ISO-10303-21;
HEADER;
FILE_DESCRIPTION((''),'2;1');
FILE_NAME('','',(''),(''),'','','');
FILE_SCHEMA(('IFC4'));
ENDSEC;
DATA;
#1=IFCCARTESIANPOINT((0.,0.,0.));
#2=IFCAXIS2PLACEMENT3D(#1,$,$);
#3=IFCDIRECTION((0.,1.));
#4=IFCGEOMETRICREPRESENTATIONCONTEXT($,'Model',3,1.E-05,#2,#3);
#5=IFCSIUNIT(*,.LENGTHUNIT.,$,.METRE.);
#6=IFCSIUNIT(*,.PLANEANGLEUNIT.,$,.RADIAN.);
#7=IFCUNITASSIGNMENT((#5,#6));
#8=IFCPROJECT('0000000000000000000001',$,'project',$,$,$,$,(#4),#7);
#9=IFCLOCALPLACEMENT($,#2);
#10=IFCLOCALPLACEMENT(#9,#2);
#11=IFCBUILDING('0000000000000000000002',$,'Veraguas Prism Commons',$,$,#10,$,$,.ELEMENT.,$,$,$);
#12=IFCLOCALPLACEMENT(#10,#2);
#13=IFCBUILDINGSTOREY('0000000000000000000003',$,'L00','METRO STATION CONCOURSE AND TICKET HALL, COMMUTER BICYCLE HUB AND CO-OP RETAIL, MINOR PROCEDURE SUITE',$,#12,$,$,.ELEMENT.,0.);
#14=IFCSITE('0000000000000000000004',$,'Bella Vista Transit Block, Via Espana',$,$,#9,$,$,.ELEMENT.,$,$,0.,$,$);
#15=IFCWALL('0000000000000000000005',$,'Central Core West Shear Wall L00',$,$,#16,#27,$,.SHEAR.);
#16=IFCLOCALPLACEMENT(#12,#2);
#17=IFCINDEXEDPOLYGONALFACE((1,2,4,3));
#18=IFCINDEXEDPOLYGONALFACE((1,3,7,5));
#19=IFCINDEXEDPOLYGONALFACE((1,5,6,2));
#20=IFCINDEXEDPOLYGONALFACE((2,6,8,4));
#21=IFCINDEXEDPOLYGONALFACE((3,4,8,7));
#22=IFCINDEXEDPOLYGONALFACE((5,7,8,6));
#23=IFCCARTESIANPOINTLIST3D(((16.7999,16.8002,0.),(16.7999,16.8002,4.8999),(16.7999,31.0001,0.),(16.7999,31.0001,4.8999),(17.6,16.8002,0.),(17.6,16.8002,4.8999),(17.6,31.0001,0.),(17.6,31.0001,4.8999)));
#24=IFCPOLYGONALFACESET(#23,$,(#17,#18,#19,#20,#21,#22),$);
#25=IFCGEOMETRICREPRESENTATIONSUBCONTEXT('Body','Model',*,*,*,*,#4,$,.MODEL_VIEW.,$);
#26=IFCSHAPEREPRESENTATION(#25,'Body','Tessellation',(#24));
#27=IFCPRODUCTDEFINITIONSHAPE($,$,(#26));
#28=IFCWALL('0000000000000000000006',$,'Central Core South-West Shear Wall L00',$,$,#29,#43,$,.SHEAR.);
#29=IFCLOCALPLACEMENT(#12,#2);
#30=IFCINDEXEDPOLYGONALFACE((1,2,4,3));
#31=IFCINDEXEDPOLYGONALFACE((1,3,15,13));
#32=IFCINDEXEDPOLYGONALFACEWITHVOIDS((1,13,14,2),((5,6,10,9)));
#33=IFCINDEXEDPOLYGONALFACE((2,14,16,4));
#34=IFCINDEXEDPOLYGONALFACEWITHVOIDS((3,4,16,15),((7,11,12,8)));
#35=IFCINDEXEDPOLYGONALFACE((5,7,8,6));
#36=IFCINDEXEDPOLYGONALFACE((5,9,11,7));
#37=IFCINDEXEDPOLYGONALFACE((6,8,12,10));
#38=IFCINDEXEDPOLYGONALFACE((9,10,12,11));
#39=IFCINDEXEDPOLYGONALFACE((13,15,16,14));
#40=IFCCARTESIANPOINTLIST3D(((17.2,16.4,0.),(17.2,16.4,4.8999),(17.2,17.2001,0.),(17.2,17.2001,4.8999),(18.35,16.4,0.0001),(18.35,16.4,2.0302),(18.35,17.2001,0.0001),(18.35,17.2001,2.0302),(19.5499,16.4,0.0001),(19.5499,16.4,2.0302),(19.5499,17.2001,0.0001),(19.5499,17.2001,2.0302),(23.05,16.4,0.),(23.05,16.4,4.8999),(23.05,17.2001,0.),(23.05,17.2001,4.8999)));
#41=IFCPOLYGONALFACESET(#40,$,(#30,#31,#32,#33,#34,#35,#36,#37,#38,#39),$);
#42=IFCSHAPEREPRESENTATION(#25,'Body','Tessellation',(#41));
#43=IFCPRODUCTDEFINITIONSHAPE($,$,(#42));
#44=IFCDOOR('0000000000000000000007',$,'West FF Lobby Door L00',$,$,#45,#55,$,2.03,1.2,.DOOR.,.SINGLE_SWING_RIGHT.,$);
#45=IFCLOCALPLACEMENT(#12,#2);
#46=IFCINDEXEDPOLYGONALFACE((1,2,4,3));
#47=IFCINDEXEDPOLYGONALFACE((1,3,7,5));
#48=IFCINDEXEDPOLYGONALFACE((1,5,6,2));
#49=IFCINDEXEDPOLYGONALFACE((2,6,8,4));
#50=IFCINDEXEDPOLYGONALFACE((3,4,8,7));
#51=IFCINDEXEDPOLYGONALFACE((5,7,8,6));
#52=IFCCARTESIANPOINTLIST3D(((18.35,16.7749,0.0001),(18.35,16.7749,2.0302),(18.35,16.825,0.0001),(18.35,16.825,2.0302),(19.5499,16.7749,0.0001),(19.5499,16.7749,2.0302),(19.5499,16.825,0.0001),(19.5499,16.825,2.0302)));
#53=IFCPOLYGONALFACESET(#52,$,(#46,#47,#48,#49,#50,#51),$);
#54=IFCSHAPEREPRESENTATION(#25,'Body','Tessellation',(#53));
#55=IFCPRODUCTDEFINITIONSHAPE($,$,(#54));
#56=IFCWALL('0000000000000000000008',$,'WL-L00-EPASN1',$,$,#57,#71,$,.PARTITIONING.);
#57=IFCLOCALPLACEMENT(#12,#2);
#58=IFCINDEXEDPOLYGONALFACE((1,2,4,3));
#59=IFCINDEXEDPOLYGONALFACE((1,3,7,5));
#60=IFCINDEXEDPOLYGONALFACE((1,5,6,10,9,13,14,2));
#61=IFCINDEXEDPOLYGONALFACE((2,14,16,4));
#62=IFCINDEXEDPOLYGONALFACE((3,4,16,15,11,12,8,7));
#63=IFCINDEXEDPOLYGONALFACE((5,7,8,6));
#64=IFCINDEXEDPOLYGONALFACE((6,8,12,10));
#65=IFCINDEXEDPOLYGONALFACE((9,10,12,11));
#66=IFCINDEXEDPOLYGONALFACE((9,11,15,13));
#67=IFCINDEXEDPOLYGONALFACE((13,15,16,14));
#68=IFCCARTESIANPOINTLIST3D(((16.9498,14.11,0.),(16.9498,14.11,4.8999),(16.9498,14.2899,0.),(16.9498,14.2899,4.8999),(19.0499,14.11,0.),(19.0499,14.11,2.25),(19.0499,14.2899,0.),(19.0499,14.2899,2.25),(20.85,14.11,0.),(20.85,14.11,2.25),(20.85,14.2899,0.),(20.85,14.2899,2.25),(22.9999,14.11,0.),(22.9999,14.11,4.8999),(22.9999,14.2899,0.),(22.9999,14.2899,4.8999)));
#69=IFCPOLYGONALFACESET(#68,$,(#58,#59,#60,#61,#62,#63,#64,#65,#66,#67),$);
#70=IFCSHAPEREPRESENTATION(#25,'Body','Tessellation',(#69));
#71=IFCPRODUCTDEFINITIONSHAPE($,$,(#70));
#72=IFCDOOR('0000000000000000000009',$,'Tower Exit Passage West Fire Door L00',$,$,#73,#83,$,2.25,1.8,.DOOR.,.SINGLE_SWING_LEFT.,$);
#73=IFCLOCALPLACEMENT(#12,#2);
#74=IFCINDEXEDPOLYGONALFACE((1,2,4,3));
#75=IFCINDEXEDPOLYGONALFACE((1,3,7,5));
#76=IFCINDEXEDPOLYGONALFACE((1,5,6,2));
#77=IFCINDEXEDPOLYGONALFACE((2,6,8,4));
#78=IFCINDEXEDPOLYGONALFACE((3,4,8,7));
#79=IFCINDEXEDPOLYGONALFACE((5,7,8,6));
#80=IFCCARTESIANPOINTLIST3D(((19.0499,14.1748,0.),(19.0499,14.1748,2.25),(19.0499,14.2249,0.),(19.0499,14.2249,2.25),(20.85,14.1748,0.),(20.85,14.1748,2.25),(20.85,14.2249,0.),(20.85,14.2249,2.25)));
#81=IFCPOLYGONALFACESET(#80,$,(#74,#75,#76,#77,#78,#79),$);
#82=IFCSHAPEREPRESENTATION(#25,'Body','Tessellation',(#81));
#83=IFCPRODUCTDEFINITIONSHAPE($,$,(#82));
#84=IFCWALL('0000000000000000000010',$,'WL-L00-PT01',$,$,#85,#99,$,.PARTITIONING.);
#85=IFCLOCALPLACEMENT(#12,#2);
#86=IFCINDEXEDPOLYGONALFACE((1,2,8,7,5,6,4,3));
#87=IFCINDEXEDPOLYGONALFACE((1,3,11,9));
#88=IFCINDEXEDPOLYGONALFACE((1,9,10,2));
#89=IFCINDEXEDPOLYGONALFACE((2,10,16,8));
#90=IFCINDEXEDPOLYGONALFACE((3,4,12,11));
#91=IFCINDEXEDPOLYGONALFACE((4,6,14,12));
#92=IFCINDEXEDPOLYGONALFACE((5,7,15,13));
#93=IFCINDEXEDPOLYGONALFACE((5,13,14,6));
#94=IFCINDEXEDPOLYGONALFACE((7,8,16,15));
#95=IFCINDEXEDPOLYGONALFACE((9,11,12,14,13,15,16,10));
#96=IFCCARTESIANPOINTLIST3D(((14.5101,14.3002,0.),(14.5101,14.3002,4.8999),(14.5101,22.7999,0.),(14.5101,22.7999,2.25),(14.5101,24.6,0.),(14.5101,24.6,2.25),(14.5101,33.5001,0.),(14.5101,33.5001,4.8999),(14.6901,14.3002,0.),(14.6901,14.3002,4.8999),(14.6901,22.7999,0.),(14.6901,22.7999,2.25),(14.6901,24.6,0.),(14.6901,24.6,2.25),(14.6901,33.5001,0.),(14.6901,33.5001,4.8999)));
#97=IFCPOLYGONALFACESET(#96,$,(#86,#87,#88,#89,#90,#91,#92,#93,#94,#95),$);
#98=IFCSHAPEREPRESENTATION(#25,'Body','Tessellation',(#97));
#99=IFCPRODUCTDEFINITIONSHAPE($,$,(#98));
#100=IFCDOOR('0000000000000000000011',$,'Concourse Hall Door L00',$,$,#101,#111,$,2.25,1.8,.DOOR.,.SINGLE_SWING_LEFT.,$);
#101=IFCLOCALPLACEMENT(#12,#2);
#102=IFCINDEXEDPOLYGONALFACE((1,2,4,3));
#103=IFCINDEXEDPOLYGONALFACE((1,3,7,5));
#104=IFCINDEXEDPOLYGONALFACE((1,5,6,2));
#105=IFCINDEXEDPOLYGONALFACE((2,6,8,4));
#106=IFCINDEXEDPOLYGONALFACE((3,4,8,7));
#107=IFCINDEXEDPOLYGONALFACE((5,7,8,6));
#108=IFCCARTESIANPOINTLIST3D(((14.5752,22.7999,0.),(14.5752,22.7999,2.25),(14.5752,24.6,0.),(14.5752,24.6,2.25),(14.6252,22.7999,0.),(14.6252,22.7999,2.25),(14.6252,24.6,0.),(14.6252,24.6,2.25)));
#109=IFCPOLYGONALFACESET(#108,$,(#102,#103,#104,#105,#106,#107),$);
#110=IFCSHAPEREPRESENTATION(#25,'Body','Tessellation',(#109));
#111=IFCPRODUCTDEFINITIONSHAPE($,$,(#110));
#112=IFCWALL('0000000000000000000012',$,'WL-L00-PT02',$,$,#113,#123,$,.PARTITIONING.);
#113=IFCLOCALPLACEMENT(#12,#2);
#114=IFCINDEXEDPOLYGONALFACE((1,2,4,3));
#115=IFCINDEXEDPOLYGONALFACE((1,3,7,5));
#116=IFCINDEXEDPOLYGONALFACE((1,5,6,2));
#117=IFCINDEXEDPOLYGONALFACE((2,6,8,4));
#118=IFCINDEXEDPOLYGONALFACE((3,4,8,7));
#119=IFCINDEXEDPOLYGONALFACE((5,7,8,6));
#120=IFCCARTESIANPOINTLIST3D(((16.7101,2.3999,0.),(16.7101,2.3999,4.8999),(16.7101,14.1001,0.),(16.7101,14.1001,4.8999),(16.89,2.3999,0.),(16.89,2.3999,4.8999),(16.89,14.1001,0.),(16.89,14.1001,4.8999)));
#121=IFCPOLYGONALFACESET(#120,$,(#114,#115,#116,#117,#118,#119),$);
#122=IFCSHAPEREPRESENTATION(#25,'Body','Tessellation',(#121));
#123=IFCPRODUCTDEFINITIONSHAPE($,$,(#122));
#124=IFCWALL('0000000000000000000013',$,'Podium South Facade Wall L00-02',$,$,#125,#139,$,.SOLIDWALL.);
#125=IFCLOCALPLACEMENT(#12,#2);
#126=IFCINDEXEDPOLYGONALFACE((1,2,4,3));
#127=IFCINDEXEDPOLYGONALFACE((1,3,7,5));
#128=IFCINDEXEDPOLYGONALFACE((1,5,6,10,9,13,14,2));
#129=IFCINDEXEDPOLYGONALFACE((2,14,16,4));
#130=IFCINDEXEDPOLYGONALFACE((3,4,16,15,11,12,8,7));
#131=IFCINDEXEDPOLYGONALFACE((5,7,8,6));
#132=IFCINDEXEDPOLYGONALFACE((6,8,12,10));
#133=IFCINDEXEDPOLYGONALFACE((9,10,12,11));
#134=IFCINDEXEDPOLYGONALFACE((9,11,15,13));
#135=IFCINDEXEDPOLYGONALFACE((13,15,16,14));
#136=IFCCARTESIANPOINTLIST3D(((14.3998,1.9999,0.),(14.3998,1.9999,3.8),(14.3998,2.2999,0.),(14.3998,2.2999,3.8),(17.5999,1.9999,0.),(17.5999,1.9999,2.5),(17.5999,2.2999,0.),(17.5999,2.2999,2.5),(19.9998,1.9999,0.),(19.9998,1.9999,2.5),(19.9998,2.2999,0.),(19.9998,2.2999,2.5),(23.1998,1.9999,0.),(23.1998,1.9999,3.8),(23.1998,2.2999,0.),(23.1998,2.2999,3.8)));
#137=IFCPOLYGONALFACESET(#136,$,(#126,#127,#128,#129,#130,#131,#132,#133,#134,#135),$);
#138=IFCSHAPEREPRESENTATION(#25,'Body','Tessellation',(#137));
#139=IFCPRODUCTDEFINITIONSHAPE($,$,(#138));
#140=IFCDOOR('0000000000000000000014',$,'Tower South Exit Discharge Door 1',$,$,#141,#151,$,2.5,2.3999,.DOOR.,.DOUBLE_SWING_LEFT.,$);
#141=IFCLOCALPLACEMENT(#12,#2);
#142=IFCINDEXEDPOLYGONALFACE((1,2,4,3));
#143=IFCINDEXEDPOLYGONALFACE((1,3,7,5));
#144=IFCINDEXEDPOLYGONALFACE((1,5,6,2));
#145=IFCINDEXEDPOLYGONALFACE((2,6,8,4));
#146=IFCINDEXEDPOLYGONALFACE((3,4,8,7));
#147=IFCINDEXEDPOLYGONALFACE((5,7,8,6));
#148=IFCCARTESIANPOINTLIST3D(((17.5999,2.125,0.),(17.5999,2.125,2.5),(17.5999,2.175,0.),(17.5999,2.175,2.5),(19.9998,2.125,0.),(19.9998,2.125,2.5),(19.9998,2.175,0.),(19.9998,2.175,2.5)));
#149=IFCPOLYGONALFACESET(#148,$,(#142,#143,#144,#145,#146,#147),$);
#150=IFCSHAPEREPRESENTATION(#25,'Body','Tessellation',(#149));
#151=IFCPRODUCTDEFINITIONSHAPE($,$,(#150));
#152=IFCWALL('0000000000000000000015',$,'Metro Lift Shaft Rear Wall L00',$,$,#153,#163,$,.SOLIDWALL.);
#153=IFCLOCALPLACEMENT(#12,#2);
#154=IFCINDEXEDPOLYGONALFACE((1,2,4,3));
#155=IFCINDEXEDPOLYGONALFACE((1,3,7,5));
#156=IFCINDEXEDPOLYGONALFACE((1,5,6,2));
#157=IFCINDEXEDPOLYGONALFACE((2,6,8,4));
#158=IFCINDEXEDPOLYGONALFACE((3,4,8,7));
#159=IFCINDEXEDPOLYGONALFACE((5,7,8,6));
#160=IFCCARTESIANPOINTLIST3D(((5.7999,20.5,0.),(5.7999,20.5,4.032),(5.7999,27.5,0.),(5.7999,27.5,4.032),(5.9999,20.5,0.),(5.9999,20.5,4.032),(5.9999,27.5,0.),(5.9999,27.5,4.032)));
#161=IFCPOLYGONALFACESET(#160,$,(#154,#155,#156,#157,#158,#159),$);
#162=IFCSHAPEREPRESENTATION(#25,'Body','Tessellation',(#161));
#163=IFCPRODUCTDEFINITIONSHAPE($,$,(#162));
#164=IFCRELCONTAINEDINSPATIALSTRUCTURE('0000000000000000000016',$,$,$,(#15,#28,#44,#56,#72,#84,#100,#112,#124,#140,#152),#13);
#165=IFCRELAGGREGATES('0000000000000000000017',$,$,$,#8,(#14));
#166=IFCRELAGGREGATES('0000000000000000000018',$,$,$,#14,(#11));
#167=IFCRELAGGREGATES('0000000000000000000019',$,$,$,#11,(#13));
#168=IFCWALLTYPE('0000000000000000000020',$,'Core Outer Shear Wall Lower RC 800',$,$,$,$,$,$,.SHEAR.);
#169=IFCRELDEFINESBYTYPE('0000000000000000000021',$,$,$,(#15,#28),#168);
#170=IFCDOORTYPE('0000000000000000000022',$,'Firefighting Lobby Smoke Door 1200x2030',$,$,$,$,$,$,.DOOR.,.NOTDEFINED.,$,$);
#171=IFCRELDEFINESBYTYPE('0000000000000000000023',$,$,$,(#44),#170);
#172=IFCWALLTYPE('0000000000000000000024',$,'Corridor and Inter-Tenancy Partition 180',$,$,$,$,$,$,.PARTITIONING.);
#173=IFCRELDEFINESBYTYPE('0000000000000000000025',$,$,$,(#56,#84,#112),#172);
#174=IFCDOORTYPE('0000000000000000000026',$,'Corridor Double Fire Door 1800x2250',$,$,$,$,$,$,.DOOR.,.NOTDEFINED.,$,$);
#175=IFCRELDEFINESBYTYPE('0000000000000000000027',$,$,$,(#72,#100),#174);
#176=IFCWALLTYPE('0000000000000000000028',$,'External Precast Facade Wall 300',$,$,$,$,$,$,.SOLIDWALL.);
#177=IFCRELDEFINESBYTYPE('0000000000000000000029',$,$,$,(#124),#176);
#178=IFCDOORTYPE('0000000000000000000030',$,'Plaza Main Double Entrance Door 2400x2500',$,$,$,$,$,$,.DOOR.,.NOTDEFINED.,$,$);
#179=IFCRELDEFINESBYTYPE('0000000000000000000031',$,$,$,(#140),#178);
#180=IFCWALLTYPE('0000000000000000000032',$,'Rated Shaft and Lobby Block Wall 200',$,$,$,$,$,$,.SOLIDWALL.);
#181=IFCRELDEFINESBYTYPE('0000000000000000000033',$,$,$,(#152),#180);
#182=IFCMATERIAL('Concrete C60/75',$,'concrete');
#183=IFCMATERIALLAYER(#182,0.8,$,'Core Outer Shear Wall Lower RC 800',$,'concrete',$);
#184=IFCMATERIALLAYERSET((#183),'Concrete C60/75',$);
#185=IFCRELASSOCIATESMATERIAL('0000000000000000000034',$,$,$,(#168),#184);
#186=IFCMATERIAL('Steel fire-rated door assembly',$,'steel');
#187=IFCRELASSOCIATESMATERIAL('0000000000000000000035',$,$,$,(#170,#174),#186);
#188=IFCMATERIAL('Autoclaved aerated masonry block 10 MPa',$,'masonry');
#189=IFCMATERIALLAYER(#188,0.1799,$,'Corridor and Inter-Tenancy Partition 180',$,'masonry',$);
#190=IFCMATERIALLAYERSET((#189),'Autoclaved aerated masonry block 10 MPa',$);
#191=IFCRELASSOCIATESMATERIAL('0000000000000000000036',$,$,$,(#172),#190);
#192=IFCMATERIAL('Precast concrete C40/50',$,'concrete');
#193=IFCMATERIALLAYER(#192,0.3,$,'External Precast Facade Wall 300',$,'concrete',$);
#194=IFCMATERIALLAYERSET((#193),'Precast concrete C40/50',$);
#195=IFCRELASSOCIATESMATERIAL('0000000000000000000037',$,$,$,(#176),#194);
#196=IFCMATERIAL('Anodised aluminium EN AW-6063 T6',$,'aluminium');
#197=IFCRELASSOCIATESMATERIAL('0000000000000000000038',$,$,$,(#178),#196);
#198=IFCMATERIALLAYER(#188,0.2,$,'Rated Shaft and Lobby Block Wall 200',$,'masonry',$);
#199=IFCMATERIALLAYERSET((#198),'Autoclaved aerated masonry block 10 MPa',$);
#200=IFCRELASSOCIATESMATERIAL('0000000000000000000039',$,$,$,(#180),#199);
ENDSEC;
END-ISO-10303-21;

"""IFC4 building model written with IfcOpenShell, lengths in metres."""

from ifc_helpers import new_model, si_unit, direction, frame, frame_2d, origin, place, context, subcontext, project, spatial, rectangle, extrude, source, transform, mapped, material, layer, layer_set, type_object, element, fill, save


model = new_model("IFC4")

# Units and contexts
model_context = context("Model", 3, precision=1e-05, world=origin(), true_north=direction((0.0, 1.0)))
body_context = subcontext(model_context, "Body", "Model", "MODEL_VIEW")
ifc_project = project(units=[si_unit("LENGTHUNIT", "METRE"), si_unit("PLANEANGLEUNIT", "RADIAN")], contexts=[model_context])

# Site, building, storey
site_placement = place(None, origin())
site = spatial("IfcSite", under=ifc_project, at=site_placement, Name="Bella Vista Transit Block, Via Espana", CompositionType="ELEMENT", RefElevation=0.0)
building_placement = place(site_placement, origin())
building = spatial("IfcBuilding", under=site, at=building_placement, Name="Veraguas Prism Commons", CompositionType="ELEMENT")
storey_placement = place(building_placement, origin())
storey = spatial("IfcBuildingStorey", under=building, at=storey_placement, Name="L00", Description="METRO STATION CONCOURSE AND TICKET HALL, COMMUTER BICYCLE HUB AND CO-OP RETAIL, MINOR PROCEDURE SUITE", CompositionType="ELEMENT", Elevation=0.0)

# Shared definitions
ifc_material_1 = material(Name="Concrete C60/75", Category="concrete")

# Shared definitions
ifc_material_2 = material(Name="Steel fire-rated door assembly", Category="steel")

# Wall
ifc_layer_1 = layer(ifc_material_1, 0.8, Name="Core Outer Shear Wall Lower RC 800", Category="concrete")
ifc_layer_set_1 = layer_set([ifc_layer_1], Name="Concrete C60/75")
wall_type_1 = type_object("IfcWallType", Name="Core Outer Shear Wall Lower RC 800", PredefinedType="SHEAR", material=ifc_layer_set_1)
wall_1_placement = place(storey_placement, frame((17.2, 16.8, 0.0), z_axis=(0.0, 0.0, 1.0), x_axis=(0.0, 1.0, 0.0)))
element("IfcWall", 1, at=wall_1_placement, inside=storey, type_object=wall_type_1, Name="Central Core West Shear Wall L00", PredefinedType="SHEAR", context=body_context, shape_type="SweptSolid", body=[
    extrude(rectangle(XDim=14.2, YDim=0.8, at=frame_2d((7.1001, 0.0))), origin(), (0.0, 0.0, 1.0), 4.8999),
])

# Walls, openings, doors
wall_2_placement = place(storey_placement, frame((17.2, 16.8, 0.0), z_axis=(0.0, 0.0, 1.0), x_axis=(1.0, 0.0, 0.0)))
wall_2 = element("IfcWall", 2, at=wall_2_placement, inside=storey, type_object=wall_type_1, Name="Central Core South-West Shear Wall L00", PredefinedType="SHEAR", context=body_context, shape_type="SweptSolid", body=[
    extrude(rectangle(XDim=5.8501, YDim=0.8, at=frame_2d((2.925, 0.0))), origin(), (0.0, 0.0, 1.0), 4.8999),
])
opening_1_placement = place(wall_2_placement, frame((1.1499, 0.0, 0.0)))
opening_1 = element("IfcOpeningElement", 3, at=opening_1_placement, cuts=wall_2, PredefinedType="OPENING", context=body_context, shape_type="SweptSolid", body=[
    extrude(rectangle(XDim=1.2, YDim=2.03, at=frame_2d((0.6001, 1.0151))), frame((0.0, 0.4099, 0.0), z_axis=(0.0, -1.0, 0.0), x_axis=(1.0, 0.0, 0.0)), (0.0, 0.0, 1.0), 0.8201),
])
door_type_1 = type_object("IfcDoorType", Name="Firefighting Lobby Smoke Door 1200x2030", OperationType="NOTDEFINED", PredefinedType="DOOR", material=ifc_material_2)
shared_shape_1 = source(origin(), body_context, "Body", "SweptSolid", [
    extrude(rectangle(XDim=1.2, YDim=2.03, at=frame_2d((0.6001, 1.0151))), frame((0.0, 0.0249, 0.0), z_axis=(0.0, -1.0, 0.0), x_axis=(1.0, 0.0, 0.0)), (0.0, 0.0, 1.0), 0.05),
])
door_1_placement = place(opening_1_placement, origin())
door_1 = element("IfcDoor", 4, at=door_1_placement, inside=storey, type_object=door_type_1, Name="West FF Lobby Door L00", OperationType="SINGLE_SWING_RIGHT", OverallHeight=2.03, OverallWidth=1.2, PredefinedType="DOOR", context=body_context, shape_type="MappedRepresentation", body=[
    mapped(shared_shape_1, transform((0.0, 0.0, 0.0), scale=1.0)),
])
fill(opening_1, door_1)
ifc_material_3 = material(Name="Autoclaved aerated masonry block 10 MPa", Category="masonry")
ifc_layer_2 = layer(ifc_material_3, 0.1799, Name="Corridor and Inter-Tenancy Partition 180", Category="masonry")
ifc_layer_set_2 = layer_set([ifc_layer_2], Name="Autoclaved aerated masonry block 10 MPa")
wall_type_2 = type_object("IfcWallType", Name="Corridor and Inter-Tenancy Partition 180", PredefinedType="PARTITIONING", material=ifc_layer_set_2)
wall_3_placement = place(storey_placement, frame((16.95, 14.2, 0.0), z_axis=(0.0, 0.0, 1.0), x_axis=(1.0, 0.0, 0.0)))
wall_3 = element("IfcWall", 5, at=wall_3_placement, inside=storey, type_object=wall_type_2, Name="WL-L00-EPASN1", PredefinedType="PARTITIONING", context=body_context, shape_type="SweptSolid", body=[
    extrude(rectangle(XDim=6.05, YDim=0.1799, at=frame_2d((3.0249, 0.0))), origin(), (0.0, 0.0, 1.0), 4.8999),
])
opening_2_placement = place(wall_3_placement, frame((2.1001, 0.0, 0.0)))
opening_2 = element("IfcOpeningElement", 6, at=opening_2_placement, cuts=wall_3, PredefinedType="OPENING", context=body_context, shape_type="SweptSolid", body=[
    extrude(rectangle(XDim=1.8, YDim=2.25, at=frame_2d((0.8999, 1.125))), frame((0.0, 0.0999, 0.0), z_axis=(0.0, -1.0, 0.0), x_axis=(1.0, 0.0, 0.0)), (0.0, 0.0, 1.0), 0.2),
])
door_type_2 = type_object("IfcDoorType", Name="Corridor Double Fire Door 1800x2250", OperationType="NOTDEFINED", PredefinedType="DOOR", material=ifc_material_2)
shared_shape_2 = source(origin(), body_context, "Body", "SweptSolid", [
    extrude(rectangle(XDim=1.8, YDim=2.25, at=frame_2d((0.8999, 1.125))), frame((0.0, 0.0249, 0.0), z_axis=(0.0, -1.0, 0.0), x_axis=(1.0, 0.0, 0.0)), (0.0, 0.0, 1.0), 0.05),
])
door_2_placement = place(opening_2_placement, origin())
door_2 = element("IfcDoor", 7, at=door_2_placement, inside=storey, type_object=door_type_2, Name="Tower Exit Passage West Fire Door L00", OperationType="SINGLE_SWING_LEFT", OverallHeight=2.25, OverallWidth=1.8, PredefinedType="DOOR", context=body_context, shape_type="MappedRepresentation", body=[
    mapped(shared_shape_2, transform((0.0, 0.0, 0.0), scale=1.0)),
])
fill(opening_2, door_2)
wall_4_placement = place(storey_placement, frame((14.6001, 14.3, 0.0), z_axis=(0.0, 0.0, 1.0), x_axis=(0.0, 1.0, 0.0)))
wall_4 = element("IfcWall", 8, at=wall_4_placement, inside=storey, type_object=wall_type_2, Name="WL-L00-PT01", PredefinedType="PARTITIONING", context=body_context, shape_type="SweptSolid", body=[
    extrude(rectangle(XDim=19.2, YDim=0.1799, at=frame_2d((9.6001, 0.0))), origin(), (0.0, 0.0, 1.0), 4.8999),
])
opening_3_placement = place(wall_4_placement, frame((8.5, 0.0, 0.0)))
opening_3 = element("IfcOpeningElement", 9, at=opening_3_placement, cuts=wall_4, PredefinedType="OPENING", context=body_context, shape_type="SweptSolid", body=[
    extrude(rectangle(XDim=1.8, YDim=2.25, at=frame_2d((0.8999, 1.125))), frame((0.0, 0.0999, 0.0), z_axis=(0.0, -1.0, 0.0), x_axis=(1.0, 0.0, 0.0)), (0.0, 0.0, 1.0), 0.2),
])
door_3_placement = place(opening_3_placement, origin())
door_3 = element("IfcDoor", 10, at=door_3_placement, inside=storey, type_object=door_type_2, Name="Concourse Hall Door L00", OperationType="SINGLE_SWING_LEFT", OverallHeight=2.25, OverallWidth=1.8, PredefinedType="DOOR", context=body_context, shape_type="MappedRepresentation", body=[
    mapped(shared_shape_2, transform((0.0, 0.0, 0.0), scale=1.0)),
])
fill(opening_3, door_3)

# Wall
wall_5_placement = place(storey_placement, frame((16.8, 2.3999, 0.0), z_axis=(0.0, 0.0, 1.0), x_axis=(0.0, 1.0, 0.0)))
element("IfcWall", 11, at=wall_5_placement, inside=storey, type_object=wall_type_2, Name="WL-L00-PT02", PredefinedType="PARTITIONING", context=body_context, shape_type="SweptSolid", body=[
    extrude(rectangle(XDim=11.7002, YDim=0.1799, at=frame_2d((5.8501, 0.0))), origin(), (0.0, 0.0, 1.0), 4.8999),
])

# Wall, opening, door
ifc_material_4 = material(Name="Precast concrete C40/50", Category="concrete")
ifc_layer_3 = layer(ifc_material_4, 0.3, Name="External Precast Facade Wall 300", Category="concrete")
ifc_layer_set_3 = layer_set([ifc_layer_3], Name="Precast concrete C40/50")
wall_type_3 = type_object("IfcWallType", Name="External Precast Facade Wall 300", PredefinedType="SOLIDWALL", material=ifc_layer_set_3)
wall_6_placement = place(storey_placement, frame((14.3999, 2.1499, 0.0), z_axis=(0.0, 0.0, 1.0), x_axis=(1.0, 0.0, 0.0)))
wall_6 = element("IfcWall", 12, at=wall_6_placement, inside=storey, type_object=wall_type_3, Name="Podium South Facade Wall L00-02", PredefinedType="SOLIDWALL", context=body_context, shape_type="SweptSolid", body=[
    extrude(rectangle(XDim=8.8, YDim=0.3, at=frame_2d((4.3999, 0.0))), origin(), (0.0, 0.0, 1.0), 3.8),
])
opening_4_placement = place(wall_6_placement, frame((3.2, 0.0, 0.0)))
opening_4 = element("IfcOpeningElement", 13, at=opening_4_placement, cuts=wall_6, PredefinedType="OPENING", context=body_context, shape_type="SweptSolid", body=[
    extrude(rectangle(XDim=2.3999, YDim=2.5, at=frame_2d((1.2, 1.25))), frame((0.0, 0.1599, 0.0), z_axis=(0.0, -1.0, 0.0), x_axis=(1.0, 0.0, 0.0)), (0.0, 0.0, 1.0), 0.3201),
])
ifc_material_5 = material(Name="Anodised aluminium EN AW-6063 T6", Category="aluminium")
door_type_3 = type_object("IfcDoorType", Name="Plaza Main Double Entrance Door 2400x2500", OperationType="NOTDEFINED", PredefinedType="DOOR", material=ifc_material_5)
shared_shape_3 = source(origin(), body_context, "Body", "SweptSolid", [
    extrude(rectangle(XDim=2.3999, YDim=2.5, at=frame_2d((1.2, 1.25))), frame((0.0, 0.0249, 0.0), z_axis=(0.0, -1.0, 0.0), x_axis=(1.0, 0.0, 0.0)), (0.0, 0.0, 1.0), 0.05),
])
door_4_placement = place(opening_4_placement, frame((2.3999, 0.0, 0.0), z_axis=(0.0, 0.0, 1.0), x_axis=(-1.0, 0.0, 0.0)))
door_4 = element("IfcDoor", 14, at=door_4_placement, inside=storey, type_object=door_type_3, Name="Tower South Exit Discharge Door 1", OperationType="DOUBLE_SWING_LEFT", OverallHeight=2.5, OverallWidth=2.3999, PredefinedType="DOOR", context=body_context, shape_type="MappedRepresentation", body=[
    mapped(shared_shape_3, transform((0.0, 0.0, 0.0), scale=1.0)),
])
fill(opening_4, door_4)

# Wall
ifc_layer_4 = layer(ifc_material_3, 0.2, Name="Rated Shaft and Lobby Block Wall 200", Category="masonry")
ifc_layer_set_4 = layer_set([ifc_layer_4], Name="Autoclaved aerated masonry block 10 MPa")
wall_type_4 = type_object("IfcWallType", Name="Rated Shaft and Lobby Block Wall 200", PredefinedType="SOLIDWALL", material=ifc_layer_set_4)
wall_7_placement = place(storey_placement, frame((5.8999, 20.5, 0.0), z_axis=(0.0, 0.0, 1.0), x_axis=(0.0, 1.0, 0.0)))
element("IfcWall", 15, at=wall_7_placement, inside=storey, type_object=wall_type_4, Name="Metro Lift Shaft Rear Wall L00", PredefinedType="SOLIDWALL", context=body_context, shape_type="SweptSolid", body=[
    extrude(rectangle(XDim=7.0, YDim=0.2, at=frame_2d((3.5, 0.0))), origin(), (0.0, 0.0, 1.0), 4.032),
])

save(model, "model.ifc")
